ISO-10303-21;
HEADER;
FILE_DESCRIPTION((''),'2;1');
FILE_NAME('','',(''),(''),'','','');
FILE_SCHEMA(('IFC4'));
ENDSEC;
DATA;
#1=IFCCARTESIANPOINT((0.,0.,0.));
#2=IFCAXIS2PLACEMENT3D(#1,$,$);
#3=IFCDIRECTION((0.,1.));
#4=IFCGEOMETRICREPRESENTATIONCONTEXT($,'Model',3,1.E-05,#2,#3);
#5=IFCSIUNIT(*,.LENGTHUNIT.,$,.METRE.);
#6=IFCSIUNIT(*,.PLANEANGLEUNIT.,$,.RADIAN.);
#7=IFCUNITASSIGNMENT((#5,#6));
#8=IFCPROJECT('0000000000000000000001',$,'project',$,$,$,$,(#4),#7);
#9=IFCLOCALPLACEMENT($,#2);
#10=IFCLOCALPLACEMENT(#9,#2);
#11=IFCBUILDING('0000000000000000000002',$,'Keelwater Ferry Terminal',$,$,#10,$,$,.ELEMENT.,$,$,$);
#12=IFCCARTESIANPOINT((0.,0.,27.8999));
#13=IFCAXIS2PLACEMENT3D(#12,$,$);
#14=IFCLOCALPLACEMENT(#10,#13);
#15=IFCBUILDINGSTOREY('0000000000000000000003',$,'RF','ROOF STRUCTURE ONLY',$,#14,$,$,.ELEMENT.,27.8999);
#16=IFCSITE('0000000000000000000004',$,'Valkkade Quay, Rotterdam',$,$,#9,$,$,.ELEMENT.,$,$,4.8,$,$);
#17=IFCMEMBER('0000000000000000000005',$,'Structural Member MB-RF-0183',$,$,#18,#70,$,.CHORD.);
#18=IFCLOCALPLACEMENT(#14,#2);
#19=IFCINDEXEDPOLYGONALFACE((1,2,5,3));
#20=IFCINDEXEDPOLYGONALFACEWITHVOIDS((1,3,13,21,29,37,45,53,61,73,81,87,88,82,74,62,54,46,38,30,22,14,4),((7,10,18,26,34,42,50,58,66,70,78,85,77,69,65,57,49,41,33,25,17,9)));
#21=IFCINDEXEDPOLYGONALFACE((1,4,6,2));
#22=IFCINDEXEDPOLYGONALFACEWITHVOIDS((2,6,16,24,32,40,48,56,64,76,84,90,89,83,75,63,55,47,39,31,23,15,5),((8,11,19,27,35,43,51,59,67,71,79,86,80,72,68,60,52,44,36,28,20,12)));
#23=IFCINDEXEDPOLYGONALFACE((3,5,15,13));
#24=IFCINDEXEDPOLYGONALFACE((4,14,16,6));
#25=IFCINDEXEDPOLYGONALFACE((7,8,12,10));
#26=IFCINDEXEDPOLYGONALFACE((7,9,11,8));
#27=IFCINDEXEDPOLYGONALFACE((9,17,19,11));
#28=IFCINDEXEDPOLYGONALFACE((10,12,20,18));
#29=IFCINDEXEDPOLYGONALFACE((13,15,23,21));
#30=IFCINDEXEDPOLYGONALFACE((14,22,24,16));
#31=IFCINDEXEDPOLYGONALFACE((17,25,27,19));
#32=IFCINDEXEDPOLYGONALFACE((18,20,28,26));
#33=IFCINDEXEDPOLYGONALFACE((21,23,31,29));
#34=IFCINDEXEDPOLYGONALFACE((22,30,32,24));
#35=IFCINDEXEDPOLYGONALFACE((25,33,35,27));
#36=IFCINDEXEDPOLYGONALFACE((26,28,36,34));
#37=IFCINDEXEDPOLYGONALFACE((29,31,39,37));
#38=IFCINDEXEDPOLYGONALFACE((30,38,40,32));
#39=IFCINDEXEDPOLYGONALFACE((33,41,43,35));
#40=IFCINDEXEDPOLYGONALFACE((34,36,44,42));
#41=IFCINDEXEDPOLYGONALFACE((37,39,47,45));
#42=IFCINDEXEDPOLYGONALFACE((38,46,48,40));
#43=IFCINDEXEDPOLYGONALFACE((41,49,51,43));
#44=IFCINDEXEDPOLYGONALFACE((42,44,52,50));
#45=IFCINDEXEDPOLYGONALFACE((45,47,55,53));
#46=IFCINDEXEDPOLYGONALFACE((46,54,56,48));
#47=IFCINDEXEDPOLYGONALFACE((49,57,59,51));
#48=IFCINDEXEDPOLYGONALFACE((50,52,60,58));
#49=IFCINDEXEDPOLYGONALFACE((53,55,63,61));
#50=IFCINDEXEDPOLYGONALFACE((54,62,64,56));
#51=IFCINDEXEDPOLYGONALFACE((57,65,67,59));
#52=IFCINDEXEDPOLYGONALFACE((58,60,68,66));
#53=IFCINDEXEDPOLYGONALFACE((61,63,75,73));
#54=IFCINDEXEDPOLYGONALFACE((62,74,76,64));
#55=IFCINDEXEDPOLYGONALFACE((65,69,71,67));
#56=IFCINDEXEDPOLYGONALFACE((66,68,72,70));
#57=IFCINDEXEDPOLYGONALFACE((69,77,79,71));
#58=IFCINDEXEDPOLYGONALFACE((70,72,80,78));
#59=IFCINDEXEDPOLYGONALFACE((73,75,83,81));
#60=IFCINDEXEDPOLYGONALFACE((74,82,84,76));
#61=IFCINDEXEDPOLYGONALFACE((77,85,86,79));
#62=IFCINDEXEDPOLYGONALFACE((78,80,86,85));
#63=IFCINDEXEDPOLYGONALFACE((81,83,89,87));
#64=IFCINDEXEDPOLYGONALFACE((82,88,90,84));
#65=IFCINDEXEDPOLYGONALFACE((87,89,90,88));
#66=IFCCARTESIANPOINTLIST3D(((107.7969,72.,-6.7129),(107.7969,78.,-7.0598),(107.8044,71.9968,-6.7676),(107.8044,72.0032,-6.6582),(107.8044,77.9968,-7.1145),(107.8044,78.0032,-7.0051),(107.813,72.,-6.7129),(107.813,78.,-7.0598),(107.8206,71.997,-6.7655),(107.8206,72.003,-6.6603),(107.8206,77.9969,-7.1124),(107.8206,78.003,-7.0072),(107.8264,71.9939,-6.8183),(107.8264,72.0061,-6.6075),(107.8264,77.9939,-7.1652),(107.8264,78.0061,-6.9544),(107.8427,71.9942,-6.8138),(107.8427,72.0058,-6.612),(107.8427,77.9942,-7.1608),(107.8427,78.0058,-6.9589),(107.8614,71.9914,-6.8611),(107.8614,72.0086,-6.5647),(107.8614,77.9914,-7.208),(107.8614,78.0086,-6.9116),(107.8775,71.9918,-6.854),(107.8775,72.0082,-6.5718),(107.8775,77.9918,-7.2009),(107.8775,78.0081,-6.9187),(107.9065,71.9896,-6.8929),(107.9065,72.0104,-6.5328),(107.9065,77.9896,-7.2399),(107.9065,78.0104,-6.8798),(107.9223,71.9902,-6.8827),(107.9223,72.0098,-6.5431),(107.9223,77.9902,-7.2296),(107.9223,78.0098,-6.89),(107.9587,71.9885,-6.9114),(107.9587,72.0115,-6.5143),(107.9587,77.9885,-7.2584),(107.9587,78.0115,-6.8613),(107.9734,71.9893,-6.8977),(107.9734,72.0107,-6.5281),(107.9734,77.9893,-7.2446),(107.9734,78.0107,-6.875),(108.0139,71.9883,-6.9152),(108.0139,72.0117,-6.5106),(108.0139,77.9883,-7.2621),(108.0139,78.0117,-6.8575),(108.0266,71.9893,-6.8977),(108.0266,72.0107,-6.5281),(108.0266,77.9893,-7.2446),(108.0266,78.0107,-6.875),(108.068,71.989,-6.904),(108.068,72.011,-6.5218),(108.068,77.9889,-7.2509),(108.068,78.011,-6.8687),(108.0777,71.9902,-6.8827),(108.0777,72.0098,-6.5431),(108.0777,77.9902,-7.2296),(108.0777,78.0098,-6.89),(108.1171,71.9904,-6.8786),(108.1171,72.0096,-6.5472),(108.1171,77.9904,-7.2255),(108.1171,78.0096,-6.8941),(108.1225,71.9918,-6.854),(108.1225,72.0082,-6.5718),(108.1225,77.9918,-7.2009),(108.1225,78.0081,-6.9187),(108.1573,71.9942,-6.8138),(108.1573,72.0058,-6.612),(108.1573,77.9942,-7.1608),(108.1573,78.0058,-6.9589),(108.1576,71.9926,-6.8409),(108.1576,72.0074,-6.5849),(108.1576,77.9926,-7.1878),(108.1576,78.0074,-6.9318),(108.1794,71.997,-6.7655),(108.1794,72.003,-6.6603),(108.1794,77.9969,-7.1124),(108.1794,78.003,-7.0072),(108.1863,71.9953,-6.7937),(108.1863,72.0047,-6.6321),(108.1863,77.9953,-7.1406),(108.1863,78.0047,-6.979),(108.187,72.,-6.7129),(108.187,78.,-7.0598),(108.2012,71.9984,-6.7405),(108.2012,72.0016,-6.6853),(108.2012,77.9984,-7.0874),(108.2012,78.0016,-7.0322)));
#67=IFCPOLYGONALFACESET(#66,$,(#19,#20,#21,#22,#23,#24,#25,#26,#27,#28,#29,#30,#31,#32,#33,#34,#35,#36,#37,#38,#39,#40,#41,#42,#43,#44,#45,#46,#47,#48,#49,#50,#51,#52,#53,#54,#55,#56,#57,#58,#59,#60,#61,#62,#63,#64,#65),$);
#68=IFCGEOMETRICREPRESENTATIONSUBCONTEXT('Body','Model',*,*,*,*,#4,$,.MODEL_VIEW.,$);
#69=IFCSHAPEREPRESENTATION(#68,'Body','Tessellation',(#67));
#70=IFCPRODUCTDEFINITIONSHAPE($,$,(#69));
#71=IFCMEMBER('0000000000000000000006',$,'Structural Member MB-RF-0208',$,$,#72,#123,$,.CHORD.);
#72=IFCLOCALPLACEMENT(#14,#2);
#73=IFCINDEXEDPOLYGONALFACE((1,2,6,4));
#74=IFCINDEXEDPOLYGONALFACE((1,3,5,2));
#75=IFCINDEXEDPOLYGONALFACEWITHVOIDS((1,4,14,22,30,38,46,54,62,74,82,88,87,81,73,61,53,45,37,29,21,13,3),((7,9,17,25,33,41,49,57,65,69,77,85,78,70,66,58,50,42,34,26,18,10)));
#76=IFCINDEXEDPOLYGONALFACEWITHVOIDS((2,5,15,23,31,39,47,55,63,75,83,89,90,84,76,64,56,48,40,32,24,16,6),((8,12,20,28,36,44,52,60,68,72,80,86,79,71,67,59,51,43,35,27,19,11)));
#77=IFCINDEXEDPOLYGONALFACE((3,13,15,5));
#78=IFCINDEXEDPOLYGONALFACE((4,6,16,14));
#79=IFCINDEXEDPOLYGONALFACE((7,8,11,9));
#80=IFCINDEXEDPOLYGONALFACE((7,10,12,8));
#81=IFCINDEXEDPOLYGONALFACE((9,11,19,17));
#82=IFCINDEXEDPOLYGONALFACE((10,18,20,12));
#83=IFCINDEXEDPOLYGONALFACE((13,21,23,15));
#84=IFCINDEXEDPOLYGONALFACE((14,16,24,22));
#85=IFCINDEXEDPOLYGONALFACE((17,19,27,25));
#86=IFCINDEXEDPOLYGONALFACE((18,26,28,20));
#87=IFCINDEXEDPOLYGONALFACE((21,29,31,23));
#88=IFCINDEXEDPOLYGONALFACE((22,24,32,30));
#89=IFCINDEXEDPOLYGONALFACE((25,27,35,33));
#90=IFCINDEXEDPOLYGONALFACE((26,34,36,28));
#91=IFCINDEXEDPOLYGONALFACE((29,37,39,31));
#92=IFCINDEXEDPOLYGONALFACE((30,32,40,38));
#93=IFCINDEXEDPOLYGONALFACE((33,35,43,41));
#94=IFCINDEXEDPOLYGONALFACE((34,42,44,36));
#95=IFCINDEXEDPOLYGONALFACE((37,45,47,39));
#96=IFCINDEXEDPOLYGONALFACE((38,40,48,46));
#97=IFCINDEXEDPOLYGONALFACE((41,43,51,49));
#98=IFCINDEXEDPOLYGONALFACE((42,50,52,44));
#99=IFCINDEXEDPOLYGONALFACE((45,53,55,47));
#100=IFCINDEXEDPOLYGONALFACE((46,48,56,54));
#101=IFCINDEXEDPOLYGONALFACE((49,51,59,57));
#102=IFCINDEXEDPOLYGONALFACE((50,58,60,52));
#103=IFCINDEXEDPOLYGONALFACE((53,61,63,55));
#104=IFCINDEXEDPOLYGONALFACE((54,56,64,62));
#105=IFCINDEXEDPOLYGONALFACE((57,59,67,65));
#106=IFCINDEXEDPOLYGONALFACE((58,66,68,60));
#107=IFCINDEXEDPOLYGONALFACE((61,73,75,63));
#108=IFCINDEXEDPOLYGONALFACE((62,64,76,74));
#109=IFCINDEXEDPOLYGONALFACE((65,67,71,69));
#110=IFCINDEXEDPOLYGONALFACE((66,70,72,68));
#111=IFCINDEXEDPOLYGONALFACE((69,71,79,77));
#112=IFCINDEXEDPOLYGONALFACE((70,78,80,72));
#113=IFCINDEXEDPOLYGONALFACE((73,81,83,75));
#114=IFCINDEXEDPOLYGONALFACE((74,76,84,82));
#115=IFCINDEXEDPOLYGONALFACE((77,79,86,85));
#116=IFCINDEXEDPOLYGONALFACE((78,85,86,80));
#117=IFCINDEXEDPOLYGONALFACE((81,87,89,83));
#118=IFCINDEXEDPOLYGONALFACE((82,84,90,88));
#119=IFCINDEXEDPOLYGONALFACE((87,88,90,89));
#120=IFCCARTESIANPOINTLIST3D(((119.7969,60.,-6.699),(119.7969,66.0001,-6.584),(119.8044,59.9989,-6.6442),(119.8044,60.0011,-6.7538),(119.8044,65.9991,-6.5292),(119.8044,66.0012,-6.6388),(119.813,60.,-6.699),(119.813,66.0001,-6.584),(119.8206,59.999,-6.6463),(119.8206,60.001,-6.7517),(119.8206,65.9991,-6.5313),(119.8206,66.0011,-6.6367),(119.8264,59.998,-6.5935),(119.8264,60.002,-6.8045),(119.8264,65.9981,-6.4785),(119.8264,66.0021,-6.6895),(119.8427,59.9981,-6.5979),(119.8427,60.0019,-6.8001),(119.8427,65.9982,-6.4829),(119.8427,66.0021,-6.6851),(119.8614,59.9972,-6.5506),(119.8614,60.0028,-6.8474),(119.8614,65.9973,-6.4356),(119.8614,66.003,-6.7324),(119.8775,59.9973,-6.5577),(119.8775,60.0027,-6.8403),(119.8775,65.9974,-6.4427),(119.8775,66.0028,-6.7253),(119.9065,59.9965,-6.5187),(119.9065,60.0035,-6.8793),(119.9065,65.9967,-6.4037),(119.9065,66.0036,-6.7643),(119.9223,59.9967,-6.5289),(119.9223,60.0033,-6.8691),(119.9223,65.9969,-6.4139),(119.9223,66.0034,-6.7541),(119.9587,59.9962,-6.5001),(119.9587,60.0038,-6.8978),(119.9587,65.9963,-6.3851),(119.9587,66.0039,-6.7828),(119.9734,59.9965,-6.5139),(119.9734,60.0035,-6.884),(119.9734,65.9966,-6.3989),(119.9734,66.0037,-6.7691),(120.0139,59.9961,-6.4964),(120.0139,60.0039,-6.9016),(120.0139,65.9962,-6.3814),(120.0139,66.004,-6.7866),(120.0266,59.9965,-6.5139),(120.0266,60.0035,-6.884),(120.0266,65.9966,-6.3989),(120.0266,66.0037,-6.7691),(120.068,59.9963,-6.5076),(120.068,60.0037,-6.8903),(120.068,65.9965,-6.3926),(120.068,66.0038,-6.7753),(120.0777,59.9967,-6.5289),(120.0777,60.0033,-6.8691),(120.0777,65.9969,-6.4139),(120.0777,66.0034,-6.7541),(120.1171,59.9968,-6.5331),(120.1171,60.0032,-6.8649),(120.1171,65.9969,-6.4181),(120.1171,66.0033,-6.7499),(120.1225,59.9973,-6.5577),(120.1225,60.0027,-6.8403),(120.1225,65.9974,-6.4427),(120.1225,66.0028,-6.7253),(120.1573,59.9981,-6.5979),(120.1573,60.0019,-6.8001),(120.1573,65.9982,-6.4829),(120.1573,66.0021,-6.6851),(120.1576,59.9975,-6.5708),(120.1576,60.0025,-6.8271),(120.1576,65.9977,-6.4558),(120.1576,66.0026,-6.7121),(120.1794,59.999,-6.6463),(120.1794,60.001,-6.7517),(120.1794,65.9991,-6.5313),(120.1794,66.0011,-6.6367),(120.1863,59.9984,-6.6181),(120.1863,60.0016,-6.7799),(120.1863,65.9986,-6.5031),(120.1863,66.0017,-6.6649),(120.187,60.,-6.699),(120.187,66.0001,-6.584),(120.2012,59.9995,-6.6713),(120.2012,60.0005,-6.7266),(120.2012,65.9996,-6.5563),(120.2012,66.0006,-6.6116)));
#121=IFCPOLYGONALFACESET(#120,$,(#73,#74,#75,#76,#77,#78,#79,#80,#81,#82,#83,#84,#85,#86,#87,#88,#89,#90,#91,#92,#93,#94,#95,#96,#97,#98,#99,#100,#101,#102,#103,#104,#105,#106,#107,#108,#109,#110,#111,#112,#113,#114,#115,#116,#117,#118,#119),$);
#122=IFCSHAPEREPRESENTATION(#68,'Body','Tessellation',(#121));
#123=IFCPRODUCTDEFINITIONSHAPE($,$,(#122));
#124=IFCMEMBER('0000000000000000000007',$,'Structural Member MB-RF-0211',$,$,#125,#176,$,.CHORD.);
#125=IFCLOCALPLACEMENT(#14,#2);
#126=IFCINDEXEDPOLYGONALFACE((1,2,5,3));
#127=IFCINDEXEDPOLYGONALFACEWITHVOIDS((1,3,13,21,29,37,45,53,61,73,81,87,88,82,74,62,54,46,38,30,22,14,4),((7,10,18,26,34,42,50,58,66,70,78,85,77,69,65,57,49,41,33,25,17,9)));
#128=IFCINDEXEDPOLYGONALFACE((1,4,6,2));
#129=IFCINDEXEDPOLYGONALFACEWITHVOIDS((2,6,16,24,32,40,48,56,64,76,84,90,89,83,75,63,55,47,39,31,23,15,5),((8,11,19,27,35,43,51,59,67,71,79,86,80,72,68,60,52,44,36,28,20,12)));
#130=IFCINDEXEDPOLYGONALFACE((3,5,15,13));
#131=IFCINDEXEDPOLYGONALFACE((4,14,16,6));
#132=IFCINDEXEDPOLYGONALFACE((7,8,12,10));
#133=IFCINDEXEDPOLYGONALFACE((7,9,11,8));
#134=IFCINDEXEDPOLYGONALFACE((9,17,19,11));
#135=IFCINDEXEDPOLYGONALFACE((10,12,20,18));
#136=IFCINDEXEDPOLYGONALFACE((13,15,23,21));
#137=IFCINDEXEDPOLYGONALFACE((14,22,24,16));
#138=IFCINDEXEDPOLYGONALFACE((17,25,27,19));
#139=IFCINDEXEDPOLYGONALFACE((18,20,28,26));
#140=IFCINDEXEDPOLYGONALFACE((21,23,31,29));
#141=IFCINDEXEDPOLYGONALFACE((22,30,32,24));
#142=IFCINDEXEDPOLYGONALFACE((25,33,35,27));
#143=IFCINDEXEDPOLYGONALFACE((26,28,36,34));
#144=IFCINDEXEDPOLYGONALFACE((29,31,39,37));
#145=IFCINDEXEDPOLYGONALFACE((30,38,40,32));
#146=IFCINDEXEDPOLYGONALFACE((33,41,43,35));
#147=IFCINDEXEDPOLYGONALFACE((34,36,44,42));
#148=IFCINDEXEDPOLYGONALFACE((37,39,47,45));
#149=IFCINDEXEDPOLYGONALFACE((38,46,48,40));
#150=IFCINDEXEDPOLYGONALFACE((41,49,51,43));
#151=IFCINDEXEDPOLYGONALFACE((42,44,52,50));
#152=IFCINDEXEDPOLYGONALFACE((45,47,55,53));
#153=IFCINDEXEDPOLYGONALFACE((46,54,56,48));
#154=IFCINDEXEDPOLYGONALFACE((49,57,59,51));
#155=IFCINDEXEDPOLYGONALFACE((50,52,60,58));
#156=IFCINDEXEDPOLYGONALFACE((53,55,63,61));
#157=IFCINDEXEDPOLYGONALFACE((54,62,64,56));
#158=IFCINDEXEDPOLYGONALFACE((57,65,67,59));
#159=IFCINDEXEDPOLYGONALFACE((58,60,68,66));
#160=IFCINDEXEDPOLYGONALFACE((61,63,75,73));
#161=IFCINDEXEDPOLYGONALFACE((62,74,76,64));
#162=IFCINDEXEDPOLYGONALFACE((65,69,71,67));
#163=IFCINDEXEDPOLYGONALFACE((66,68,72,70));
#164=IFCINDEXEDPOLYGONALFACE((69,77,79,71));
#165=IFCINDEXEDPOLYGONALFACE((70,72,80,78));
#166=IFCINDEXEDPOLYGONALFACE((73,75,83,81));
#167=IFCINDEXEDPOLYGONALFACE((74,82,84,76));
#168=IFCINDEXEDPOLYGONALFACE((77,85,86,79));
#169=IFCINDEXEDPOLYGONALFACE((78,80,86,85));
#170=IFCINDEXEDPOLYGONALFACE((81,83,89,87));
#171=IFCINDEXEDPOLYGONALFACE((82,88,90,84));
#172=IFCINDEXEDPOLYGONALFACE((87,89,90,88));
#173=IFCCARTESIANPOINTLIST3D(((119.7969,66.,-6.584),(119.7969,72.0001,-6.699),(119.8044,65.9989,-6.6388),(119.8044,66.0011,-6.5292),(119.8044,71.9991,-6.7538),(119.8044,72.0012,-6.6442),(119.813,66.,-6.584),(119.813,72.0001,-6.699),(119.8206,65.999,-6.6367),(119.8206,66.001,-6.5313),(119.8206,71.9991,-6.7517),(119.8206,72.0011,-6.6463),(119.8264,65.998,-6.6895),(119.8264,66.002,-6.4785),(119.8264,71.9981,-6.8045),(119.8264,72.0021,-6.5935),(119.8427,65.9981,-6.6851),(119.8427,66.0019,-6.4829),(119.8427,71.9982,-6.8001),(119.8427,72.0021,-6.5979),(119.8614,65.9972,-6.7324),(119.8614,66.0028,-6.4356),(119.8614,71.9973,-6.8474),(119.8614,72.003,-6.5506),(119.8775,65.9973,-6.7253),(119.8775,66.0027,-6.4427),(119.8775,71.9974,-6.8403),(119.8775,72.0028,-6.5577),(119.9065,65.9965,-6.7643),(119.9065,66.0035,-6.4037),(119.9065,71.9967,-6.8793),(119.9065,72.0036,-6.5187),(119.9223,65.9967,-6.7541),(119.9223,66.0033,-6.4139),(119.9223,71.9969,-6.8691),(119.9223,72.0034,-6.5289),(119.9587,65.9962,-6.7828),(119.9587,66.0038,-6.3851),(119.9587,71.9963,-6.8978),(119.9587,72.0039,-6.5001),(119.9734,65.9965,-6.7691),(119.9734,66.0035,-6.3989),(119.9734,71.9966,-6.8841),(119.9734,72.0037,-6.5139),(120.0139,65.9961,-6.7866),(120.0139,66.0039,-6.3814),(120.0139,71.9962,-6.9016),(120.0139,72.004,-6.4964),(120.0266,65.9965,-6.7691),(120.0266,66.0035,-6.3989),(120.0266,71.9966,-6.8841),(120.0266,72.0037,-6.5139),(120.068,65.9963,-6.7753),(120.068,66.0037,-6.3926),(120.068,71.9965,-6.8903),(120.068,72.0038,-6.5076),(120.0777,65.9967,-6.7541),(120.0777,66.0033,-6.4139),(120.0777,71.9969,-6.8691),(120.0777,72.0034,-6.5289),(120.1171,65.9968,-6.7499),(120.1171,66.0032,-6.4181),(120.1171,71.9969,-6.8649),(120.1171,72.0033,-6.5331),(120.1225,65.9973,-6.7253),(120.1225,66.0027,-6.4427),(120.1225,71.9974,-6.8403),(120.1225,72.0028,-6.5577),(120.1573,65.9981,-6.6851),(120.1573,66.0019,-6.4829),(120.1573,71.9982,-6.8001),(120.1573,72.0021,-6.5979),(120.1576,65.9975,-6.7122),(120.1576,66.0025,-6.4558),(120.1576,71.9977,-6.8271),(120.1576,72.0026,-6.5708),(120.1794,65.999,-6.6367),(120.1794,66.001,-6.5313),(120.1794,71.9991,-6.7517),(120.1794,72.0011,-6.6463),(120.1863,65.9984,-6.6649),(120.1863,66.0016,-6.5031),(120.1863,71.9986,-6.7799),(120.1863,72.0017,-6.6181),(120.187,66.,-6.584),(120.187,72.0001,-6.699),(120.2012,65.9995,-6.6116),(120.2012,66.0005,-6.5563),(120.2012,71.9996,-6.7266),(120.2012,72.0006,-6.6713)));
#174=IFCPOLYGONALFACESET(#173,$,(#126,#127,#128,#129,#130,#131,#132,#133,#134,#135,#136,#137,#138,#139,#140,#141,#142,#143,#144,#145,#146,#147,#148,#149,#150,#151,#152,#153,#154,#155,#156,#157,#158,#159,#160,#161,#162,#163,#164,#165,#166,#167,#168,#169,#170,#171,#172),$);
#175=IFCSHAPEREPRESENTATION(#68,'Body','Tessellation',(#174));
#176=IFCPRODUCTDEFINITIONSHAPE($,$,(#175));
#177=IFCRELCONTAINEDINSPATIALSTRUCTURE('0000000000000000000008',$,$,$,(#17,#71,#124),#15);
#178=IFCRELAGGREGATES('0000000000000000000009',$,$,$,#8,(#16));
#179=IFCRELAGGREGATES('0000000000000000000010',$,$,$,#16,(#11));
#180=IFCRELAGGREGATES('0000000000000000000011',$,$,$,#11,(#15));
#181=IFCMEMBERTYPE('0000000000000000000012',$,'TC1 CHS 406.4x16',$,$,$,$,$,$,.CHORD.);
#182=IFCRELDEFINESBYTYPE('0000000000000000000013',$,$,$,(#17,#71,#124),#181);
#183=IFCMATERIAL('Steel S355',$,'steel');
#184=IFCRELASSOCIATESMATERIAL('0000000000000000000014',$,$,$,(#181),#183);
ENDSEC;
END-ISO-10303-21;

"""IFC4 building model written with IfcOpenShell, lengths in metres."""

from ifc_helpers import new_model, si_unit, direction, frame, origin, origin_2d, place, context, subcontext, project, spatial, hollow_circle, extrude, material, material_profile, profile_set, type_object, element, save


model = new_model("IFC4")

# Units and contexts
model_context = context("Model", 3, precision=1e-05, world=origin(), true_north=direction((0.0, 1.0)))
body_context = subcontext(model_context, "Body", "Model", "MODEL_VIEW")
ifc_project = project(units=[si_unit("LENGTHUNIT", "METRE"), si_unit("PLANEANGLEUNIT", "RADIAN")], contexts=[model_context])

# Site, building, storey
site_placement = place(None, origin())
site = spatial("IfcSite", under=ifc_project, at=site_placement, Name="Valkkade Quay, Rotterdam", CompositionType="ELEMENT", RefElevation=4.8)
building_placement = place(site_placement, origin())
building = spatial("IfcBuilding", under=site, at=building_placement, Name="Keelwater Ferry Terminal", CompositionType="ELEMENT")
storey_placement = place(building_placement, frame((0.0, 0.0, 27.8999)))
storey = spatial("IfcBuildingStorey", under=building, at=storey_placement, Name="RF", Description="ROOF STRUCTURE ONLY", CompositionType="ELEMENT", Elevation=27.8999)

# Members
ifc_material_1 = material(Name="Steel S355", Category="steel")
ifc_material_profile_1 = material_profile(ifc_material_1, hollow_circle(Radius=0.2031, WallThickness=0.0161, at=origin_2d()), Name="CHS 406.4x16")
ifc_profile_set_1 = profile_set([ifc_material_profile_1], Name="Steel S355")
member_type_1 = type_object("IfcMemberType", Name="TC1 CHS 406.4x16", PredefinedType="CHORD", material=ifc_profile_set_1)
member_1_placement = place(storey_placement, frame((108.0, 72.0, -6.7129), z_axis=(0.0, 0.998333, -0.057724), x_axis=(-1.0, 0.0, 0.0)))
element("IfcMember", 1, at=member_1_placement, inside=storey, type_object=member_type_1, Name="Structural Member MB-RF-0183", PredefinedType="CHORD", context=body_context, shape_type="SweptSolid", body=[
    extrude(hollow_circle(Radius=0.2031, WallThickness=0.0161, at=origin_2d()), origin(), (0.0, 0.0, 1.0), 6.01),
])
for number, where, z_axis, x_axis, name in (
    (2, (120.0, 60.0, -6.699), (0.0, 0.999816, 0.019162), (-1.0, 0.0, 0.0), "Structural Member MB-RF-0208"),
    (3, (120.0, 66.0, -6.584), (0.0, 0.999816, -0.019162), (-1.0, 0.0, 0.0), "Structural Member MB-RF-0211"),
):
    element("IfcMember", number, at=place(storey_placement, frame(where, z_axis=z_axis, x_axis=x_axis)), inside=storey, type_object=member_type_1, Name=name, PredefinedType="CHORD", context=body_context, shape_type="SweptSolid", body=[
        extrude(hollow_circle(Radius=0.2031, WallThickness=0.0161, at=origin_2d()), origin(), (0.0, 0.0, 1.0), 6.0012),
    ])

save(model, "model.ifc")
